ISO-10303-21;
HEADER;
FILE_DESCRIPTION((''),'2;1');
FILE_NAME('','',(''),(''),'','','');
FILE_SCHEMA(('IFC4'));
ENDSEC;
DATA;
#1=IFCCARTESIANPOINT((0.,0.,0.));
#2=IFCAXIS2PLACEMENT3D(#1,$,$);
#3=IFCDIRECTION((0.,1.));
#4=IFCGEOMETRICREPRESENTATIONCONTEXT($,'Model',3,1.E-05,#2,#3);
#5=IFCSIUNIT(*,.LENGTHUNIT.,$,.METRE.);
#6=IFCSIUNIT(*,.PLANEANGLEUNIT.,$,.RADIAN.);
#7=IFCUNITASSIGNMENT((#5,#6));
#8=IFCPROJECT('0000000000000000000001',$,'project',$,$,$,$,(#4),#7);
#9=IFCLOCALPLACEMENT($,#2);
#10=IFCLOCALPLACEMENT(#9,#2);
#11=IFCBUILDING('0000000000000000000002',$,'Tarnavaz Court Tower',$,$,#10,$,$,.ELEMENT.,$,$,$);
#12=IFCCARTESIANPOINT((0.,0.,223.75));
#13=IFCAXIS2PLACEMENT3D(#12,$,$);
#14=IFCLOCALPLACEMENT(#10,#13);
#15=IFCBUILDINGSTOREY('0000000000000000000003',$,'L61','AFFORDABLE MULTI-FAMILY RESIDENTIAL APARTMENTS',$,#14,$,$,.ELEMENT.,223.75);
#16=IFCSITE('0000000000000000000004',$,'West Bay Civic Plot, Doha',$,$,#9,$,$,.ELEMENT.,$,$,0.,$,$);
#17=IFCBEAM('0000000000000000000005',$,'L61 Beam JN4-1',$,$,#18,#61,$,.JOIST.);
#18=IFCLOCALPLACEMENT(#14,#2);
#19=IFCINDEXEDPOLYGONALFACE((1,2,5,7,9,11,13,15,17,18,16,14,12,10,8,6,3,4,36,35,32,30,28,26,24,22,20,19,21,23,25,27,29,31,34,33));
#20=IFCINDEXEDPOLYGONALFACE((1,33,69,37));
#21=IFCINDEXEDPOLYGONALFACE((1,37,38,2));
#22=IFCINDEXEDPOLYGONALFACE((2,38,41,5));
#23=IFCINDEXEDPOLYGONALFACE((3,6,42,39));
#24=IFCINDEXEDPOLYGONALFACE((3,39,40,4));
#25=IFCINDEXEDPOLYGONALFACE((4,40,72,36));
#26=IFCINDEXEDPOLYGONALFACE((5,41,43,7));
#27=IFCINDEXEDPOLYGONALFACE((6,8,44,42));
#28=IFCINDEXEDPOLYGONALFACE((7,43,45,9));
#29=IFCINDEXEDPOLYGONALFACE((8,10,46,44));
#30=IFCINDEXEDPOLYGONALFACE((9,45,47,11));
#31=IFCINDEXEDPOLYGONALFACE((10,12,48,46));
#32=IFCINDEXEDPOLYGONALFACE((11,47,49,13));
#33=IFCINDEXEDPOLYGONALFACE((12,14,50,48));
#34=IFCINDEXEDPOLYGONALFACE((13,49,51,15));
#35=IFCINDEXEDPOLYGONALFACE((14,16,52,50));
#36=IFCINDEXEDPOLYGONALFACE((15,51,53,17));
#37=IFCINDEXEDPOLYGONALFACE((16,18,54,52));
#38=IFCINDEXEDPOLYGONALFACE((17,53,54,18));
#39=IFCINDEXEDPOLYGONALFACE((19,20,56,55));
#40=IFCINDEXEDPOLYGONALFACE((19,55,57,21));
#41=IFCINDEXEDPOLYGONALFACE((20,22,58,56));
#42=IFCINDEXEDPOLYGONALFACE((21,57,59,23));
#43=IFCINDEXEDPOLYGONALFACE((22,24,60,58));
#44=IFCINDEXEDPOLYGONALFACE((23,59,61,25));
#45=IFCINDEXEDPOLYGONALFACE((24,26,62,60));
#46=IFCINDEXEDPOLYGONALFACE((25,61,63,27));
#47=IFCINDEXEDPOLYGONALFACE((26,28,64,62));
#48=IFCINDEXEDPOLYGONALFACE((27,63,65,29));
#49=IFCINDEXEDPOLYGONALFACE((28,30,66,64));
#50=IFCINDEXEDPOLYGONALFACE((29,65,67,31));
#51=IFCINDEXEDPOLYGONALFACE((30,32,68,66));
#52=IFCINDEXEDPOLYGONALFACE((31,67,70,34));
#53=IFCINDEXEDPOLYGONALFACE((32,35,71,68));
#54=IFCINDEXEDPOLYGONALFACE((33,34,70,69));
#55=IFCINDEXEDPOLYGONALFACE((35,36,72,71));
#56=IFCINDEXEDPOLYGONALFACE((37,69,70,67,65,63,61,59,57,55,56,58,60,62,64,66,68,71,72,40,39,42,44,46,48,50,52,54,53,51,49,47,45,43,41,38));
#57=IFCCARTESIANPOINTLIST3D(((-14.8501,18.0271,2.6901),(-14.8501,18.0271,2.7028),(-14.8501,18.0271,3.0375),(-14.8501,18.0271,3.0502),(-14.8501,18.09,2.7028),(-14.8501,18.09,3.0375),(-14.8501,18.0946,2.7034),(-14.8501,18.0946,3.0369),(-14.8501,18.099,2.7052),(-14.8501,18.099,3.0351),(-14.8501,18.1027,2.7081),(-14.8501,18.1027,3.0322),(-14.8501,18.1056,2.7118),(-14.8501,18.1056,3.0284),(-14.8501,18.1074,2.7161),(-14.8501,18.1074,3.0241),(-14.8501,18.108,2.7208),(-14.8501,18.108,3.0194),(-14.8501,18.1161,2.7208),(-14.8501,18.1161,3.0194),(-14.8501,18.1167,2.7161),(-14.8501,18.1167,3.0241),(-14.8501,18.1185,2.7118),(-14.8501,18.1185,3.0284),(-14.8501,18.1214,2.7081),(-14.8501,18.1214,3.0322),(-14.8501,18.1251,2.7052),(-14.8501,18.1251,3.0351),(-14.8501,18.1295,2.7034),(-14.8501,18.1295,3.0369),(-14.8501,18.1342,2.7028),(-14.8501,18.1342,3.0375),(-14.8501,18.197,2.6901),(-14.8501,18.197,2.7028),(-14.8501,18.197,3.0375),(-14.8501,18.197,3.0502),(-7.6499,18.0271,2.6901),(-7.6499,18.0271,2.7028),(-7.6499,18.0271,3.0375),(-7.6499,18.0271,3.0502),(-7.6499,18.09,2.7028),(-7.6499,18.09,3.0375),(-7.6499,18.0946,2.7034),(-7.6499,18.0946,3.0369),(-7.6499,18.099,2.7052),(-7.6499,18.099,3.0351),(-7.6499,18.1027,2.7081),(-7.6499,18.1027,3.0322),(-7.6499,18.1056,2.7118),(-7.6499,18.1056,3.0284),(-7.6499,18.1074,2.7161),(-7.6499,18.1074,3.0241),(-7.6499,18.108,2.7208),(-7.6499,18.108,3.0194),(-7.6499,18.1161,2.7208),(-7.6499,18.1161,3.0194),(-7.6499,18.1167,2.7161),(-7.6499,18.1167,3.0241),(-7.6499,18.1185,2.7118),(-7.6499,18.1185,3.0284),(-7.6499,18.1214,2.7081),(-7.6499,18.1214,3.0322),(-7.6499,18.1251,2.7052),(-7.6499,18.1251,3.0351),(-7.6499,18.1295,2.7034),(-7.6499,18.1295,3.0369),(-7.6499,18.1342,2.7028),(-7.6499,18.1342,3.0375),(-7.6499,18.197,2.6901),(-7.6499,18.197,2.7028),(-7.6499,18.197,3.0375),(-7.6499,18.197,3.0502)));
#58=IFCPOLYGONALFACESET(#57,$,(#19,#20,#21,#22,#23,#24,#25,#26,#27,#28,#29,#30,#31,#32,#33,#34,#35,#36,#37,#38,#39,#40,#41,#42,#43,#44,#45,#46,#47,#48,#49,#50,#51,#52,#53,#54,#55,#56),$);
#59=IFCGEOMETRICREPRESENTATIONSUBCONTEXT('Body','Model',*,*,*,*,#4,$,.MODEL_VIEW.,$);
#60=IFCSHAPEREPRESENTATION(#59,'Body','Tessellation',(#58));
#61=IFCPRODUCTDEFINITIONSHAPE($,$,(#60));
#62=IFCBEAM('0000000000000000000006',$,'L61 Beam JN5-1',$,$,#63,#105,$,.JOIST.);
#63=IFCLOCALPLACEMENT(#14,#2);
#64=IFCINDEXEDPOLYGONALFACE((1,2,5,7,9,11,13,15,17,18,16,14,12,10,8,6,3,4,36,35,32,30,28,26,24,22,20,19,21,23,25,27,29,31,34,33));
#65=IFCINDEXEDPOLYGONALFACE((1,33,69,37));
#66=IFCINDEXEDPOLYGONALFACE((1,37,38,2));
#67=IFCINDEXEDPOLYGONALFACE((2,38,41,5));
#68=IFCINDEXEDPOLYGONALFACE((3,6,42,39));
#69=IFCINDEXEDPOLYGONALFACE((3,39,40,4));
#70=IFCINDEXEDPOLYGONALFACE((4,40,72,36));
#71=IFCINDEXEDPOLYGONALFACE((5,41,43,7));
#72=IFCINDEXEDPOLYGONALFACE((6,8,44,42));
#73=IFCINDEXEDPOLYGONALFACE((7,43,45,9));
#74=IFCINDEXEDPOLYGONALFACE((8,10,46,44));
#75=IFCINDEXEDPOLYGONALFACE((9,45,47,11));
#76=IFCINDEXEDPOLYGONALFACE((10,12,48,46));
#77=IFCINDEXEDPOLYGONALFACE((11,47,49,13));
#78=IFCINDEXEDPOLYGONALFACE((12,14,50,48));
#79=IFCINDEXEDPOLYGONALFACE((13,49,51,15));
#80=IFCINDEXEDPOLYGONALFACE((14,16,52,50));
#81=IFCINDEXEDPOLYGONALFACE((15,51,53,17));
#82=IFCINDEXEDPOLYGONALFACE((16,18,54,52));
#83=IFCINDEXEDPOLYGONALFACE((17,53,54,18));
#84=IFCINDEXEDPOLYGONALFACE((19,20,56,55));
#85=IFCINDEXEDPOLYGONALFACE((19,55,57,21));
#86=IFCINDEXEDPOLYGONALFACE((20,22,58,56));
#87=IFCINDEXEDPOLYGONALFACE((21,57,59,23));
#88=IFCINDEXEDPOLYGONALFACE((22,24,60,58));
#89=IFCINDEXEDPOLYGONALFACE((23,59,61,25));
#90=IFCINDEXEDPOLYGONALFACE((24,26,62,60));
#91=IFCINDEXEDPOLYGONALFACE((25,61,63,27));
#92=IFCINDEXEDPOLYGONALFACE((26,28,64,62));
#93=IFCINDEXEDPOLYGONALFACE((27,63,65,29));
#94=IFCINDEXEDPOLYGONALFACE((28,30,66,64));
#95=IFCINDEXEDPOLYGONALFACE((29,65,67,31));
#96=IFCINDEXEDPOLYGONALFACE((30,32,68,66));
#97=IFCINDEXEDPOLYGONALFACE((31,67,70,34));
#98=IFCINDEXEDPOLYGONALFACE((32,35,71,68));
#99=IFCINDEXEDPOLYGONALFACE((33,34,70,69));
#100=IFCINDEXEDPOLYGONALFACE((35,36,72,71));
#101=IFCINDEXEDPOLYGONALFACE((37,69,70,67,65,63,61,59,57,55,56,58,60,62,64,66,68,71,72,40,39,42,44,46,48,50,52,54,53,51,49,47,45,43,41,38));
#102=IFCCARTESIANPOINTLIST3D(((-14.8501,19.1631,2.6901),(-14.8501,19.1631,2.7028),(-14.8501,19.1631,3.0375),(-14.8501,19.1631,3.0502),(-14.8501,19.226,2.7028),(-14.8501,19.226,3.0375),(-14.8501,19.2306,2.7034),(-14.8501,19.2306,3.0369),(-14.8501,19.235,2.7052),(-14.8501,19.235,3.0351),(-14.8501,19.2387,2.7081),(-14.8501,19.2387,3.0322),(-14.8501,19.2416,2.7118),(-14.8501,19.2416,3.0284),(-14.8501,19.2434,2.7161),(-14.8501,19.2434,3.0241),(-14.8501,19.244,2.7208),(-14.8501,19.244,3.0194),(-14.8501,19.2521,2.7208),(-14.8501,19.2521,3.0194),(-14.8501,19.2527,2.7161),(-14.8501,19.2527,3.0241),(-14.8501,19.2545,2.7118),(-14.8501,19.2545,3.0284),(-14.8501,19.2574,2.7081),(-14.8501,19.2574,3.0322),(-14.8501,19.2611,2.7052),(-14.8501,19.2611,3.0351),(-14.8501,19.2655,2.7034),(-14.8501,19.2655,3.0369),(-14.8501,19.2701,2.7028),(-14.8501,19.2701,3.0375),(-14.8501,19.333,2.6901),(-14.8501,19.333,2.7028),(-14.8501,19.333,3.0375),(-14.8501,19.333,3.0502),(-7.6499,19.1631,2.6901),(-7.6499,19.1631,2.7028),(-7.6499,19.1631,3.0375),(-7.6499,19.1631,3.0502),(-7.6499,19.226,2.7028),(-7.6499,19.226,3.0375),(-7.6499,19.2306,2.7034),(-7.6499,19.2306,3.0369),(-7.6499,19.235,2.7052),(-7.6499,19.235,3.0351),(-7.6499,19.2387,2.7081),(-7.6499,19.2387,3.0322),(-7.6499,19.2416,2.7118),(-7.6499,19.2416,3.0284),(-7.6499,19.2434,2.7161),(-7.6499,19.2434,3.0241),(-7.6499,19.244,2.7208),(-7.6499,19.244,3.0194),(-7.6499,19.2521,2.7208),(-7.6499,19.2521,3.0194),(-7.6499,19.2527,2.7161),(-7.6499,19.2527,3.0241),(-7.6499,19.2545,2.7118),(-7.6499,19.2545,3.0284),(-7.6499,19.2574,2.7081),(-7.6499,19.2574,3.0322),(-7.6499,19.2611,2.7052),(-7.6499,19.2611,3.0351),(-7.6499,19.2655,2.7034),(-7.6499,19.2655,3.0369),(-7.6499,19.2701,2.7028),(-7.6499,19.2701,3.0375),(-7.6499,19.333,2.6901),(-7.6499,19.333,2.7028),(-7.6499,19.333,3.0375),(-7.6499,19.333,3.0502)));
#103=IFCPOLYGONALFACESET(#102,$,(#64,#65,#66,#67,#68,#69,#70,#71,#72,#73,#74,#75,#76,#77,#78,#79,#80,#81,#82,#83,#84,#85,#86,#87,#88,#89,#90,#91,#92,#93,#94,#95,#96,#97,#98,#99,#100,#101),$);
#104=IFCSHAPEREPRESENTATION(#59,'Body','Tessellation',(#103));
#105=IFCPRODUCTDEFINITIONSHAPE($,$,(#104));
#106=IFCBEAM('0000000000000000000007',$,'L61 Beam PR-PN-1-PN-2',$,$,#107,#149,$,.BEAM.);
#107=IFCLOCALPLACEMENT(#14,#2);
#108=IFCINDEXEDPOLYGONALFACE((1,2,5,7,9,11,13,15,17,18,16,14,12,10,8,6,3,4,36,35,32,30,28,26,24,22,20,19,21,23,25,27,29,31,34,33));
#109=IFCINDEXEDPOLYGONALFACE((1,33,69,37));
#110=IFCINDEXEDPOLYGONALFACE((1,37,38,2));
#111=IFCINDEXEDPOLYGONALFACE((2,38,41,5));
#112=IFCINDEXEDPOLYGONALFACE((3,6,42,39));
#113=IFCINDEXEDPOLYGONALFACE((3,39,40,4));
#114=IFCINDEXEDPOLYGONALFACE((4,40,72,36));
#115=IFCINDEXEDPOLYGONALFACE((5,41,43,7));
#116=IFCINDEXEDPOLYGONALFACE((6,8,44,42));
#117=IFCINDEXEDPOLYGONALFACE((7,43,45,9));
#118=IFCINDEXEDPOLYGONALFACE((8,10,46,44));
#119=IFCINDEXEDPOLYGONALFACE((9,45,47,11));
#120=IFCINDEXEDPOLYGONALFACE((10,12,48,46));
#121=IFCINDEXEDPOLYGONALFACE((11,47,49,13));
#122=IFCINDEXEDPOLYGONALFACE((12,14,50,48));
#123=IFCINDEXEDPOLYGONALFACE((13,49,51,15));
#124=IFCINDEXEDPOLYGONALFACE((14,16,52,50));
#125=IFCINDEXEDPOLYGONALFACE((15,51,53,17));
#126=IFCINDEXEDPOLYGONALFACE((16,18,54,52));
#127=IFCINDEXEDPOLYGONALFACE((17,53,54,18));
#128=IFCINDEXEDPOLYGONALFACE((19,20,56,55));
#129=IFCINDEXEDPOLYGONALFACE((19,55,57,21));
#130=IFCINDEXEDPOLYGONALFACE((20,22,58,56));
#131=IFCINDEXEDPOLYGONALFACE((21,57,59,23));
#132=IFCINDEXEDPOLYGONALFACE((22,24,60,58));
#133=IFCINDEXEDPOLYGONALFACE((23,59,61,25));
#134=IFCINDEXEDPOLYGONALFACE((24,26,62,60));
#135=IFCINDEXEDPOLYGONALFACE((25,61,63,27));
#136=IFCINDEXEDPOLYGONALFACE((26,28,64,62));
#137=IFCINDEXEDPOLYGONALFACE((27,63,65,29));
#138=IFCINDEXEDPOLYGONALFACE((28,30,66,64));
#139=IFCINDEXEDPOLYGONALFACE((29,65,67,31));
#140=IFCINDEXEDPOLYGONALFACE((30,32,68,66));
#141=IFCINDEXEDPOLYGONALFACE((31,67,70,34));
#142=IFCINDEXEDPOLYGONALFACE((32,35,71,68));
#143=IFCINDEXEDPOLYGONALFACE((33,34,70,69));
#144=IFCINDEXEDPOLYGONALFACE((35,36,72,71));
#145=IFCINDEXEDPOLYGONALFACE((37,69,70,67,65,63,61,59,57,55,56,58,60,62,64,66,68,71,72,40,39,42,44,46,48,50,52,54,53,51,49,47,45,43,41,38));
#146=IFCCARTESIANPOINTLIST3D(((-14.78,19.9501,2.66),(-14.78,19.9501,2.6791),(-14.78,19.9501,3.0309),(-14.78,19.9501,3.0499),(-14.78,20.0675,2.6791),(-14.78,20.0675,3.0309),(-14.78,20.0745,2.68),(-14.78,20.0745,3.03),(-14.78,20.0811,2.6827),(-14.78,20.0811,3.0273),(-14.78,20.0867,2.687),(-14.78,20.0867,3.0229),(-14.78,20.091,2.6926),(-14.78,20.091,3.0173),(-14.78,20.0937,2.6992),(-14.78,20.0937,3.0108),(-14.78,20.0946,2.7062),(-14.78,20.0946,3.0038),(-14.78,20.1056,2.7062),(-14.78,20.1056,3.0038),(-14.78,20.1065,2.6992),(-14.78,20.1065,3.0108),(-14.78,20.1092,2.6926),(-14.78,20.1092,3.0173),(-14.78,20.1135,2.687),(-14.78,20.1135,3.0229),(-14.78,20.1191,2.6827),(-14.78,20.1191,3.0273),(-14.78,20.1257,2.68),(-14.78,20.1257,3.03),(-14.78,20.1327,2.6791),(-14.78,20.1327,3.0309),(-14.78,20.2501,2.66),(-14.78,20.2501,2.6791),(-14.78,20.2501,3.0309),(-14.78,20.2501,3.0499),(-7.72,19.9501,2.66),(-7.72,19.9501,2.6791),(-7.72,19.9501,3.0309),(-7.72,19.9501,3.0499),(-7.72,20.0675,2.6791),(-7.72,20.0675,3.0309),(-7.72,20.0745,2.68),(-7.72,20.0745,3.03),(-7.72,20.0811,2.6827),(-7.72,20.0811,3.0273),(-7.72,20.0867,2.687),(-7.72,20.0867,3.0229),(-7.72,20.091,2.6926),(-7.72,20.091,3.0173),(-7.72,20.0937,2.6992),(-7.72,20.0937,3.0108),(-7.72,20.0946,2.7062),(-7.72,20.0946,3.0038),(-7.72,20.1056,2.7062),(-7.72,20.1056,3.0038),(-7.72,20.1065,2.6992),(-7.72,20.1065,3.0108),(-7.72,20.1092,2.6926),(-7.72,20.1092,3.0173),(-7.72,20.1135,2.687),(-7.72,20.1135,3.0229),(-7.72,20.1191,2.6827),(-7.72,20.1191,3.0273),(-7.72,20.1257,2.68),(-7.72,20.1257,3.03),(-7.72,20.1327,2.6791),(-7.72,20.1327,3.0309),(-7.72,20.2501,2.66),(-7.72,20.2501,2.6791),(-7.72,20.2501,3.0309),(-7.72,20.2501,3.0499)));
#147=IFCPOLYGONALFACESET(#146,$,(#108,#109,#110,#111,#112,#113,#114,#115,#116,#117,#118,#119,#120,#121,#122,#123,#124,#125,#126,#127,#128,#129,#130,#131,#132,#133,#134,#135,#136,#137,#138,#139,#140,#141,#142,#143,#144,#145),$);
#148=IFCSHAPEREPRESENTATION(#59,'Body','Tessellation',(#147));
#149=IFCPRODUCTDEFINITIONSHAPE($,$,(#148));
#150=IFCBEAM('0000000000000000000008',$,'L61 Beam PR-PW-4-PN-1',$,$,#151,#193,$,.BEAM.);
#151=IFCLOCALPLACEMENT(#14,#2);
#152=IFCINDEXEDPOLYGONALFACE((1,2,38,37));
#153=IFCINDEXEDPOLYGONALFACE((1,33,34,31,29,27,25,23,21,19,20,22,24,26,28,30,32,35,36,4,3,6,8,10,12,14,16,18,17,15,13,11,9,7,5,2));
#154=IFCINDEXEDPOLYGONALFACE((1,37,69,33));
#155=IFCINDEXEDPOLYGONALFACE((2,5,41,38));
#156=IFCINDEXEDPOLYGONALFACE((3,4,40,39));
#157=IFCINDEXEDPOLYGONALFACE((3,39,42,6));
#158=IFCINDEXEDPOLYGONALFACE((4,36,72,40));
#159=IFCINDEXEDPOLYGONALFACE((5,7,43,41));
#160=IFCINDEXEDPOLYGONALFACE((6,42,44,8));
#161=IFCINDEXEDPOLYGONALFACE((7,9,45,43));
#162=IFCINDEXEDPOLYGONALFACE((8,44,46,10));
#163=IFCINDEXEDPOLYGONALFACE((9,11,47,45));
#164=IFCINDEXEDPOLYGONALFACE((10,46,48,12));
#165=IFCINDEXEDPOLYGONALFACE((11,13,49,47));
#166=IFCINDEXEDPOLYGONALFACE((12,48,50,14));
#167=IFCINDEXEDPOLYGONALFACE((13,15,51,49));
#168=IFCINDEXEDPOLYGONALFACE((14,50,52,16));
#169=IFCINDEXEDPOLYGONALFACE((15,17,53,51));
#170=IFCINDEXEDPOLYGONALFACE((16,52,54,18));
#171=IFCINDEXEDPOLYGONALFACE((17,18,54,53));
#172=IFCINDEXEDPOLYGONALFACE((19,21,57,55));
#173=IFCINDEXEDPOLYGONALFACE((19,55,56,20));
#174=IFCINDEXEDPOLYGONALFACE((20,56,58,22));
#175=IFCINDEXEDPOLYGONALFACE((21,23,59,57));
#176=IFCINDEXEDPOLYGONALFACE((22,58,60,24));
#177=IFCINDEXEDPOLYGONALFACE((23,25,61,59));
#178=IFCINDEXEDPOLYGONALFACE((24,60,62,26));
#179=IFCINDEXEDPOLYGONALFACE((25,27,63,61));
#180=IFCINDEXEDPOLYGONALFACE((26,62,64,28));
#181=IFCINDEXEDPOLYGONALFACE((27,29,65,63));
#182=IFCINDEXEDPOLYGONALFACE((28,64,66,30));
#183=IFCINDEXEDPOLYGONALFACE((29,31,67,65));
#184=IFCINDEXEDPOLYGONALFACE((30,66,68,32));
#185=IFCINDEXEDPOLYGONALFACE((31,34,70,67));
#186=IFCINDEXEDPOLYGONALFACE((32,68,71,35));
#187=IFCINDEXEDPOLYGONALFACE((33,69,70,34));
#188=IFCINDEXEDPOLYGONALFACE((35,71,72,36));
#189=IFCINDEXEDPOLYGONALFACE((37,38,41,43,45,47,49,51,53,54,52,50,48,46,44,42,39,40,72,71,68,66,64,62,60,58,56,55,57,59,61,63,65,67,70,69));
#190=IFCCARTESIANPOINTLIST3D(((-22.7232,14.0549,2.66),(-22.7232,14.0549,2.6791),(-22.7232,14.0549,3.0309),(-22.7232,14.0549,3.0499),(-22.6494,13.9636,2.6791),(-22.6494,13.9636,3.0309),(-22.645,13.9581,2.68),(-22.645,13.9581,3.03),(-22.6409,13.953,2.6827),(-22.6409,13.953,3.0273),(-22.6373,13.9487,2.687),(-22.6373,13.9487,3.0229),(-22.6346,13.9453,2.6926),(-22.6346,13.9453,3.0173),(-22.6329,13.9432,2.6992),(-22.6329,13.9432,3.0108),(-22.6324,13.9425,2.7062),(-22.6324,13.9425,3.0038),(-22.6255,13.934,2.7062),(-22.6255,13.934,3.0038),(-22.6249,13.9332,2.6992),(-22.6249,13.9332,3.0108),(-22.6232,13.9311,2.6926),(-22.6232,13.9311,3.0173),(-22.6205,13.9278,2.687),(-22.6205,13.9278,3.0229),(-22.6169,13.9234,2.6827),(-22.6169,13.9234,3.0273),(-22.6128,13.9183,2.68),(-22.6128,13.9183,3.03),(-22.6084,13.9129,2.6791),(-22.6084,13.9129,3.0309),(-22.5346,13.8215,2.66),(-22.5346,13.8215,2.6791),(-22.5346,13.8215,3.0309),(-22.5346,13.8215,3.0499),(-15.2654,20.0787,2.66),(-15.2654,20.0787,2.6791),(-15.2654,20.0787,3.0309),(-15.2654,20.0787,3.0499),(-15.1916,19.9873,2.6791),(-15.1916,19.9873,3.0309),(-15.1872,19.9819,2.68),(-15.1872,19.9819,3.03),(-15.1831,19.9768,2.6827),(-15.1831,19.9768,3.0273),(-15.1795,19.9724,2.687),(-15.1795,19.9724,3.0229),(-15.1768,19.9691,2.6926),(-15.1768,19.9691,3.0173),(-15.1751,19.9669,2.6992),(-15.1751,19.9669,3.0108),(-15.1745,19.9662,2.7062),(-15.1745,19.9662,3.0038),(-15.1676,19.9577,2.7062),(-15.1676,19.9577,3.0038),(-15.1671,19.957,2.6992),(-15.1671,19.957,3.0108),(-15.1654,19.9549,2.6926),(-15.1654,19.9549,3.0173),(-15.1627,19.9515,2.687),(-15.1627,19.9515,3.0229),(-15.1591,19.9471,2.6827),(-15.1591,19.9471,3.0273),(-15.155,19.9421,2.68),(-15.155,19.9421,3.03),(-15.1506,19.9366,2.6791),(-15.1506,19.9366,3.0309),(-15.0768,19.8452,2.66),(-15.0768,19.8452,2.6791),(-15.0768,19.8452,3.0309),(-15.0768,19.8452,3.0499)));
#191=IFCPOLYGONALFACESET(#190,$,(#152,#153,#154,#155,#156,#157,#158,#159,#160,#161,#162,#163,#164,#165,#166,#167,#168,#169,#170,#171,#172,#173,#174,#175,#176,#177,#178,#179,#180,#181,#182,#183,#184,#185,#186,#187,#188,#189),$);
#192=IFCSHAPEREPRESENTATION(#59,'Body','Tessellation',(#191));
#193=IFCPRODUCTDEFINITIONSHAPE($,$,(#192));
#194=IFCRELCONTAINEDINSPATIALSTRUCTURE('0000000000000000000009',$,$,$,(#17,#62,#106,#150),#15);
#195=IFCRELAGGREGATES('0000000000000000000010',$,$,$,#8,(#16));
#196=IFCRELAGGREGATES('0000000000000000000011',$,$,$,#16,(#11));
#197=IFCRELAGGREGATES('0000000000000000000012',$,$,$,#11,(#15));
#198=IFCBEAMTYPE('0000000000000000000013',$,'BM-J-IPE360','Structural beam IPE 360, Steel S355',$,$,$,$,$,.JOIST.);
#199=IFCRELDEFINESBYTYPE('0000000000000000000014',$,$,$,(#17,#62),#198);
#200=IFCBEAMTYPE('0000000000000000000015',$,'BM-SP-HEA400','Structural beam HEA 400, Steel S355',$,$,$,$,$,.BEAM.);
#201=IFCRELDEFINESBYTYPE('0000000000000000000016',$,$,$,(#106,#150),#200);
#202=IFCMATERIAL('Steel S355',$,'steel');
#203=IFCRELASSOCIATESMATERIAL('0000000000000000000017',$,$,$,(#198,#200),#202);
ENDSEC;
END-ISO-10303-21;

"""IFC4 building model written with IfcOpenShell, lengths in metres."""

from ifc_helpers import new_model, si_unit, direction, frame, origin, origin_2d, place, context, subcontext, project, spatial, i_section, extrude, material, material_profile, profile_set, type_object, element, save


model = new_model("IFC4")

# Units and contexts
model_context = context("Model", 3, precision=1e-05, world=origin(), true_north=direction((0.0, 1.0)))
body_context = subcontext(model_context, "Body", "Model", "MODEL_VIEW")
ifc_project = project(units=[si_unit("LENGTHUNIT", "METRE"), si_unit("PLANEANGLEUNIT", "RADIAN")], contexts=[model_context])

# Site, building, storey
site_placement = place(None, origin())
site = spatial("IfcSite", under=ifc_project, at=site_placement, Name="West Bay Civic Plot, Doha", CompositionType="ELEMENT", RefElevation=0.0)
building_placement = place(site_placement, origin())
building = spatial("IfcBuilding", under=site, at=building_placement, Name="Tarnavaz Court Tower", CompositionType="ELEMENT")
storey_placement = place(building_placement, frame((0.0, 0.0, 223.75)))
storey = spatial("IfcBuildingStorey", under=building, at=storey_placement, Name="L61", Description="AFFORDABLE MULTI-FAMILY RESIDENTIAL APARTMENTS", CompositionType="ELEMENT", Elevation=223.75)

# Beams
ifc_material_1 = material(Name="Steel S355", Category="steel")
ifc_material_profile_1 = material_profile(ifc_material_1, i_section(OverallWidth=0.1699, OverallDepth=0.3601, WebThickness=0.0081, FlangeThickness=0.0127, FilletRadius=0.0181, at=origin_2d()), Name="IPE 360")
ifc_profile_set_1 = profile_set([ifc_material_profile_1], Name="Steel S355")
beam_type_1 = type_object("IfcBeamType", Name="BM-J-IPE360", Description="Structural beam IPE 360, Steel S355", PredefinedType="JOIST", material=ifc_profile_set_1)
for number, where, z_axis, x_axis, name in (
    (1, (-14.8501, 18.1121, 2.8701), (1.0, 0.0, 0.0), (0.0, 1.0, 0.0), "L61 Beam JN4-1"),
    (2, (-14.8501, 19.248, 2.8701), (1.0, 0.0, 0.0), (0.0, 1.0, 0.0), "L61 Beam JN5-1"),
):
    element("IfcBeam", number, at=place(storey_placement, frame(where, z_axis=z_axis, x_axis=x_axis)), inside=storey, type_object=beam_type_1, Name=name, PredefinedType="JOIST", context=body_context, shape_type="SweptSolid", body=[
        extrude(i_section(OverallWidth=0.1699, OverallDepth=0.3601, WebThickness=0.0081, FlangeThickness=0.0127, FilletRadius=0.0181, at=origin_2d()), origin(), (0.0, 0.0, 1.0), 7.2002),
    ])
ifc_material_profile_2 = material_profile(ifc_material_1, i_section(OverallWidth=0.3, OverallDepth=0.3899, WebThickness=0.011, FlangeThickness=0.019, FilletRadius=0.0271, at=origin_2d()), Name="HEA 400")
ifc_profile_set_2 = profile_set([ifc_material_profile_2], Name="Steel S355")
beam_type_2 = type_object("IfcBeamType", Name="BM-SP-HEA400", Description="Structural beam HEA 400, Steel S355", PredefinedType="BEAM", material=ifc_profile_set_2)
beam_1_placement = place(storey_placement, frame((-14.78, 20.1001, 2.855), z_axis=(1.0, 0.0, 0.0), x_axis=(0.0, 1.0, 0.0)))
element("IfcBeam", 3, at=beam_1_placement, inside=storey, type_object=beam_type_2, Name="L61 Beam PR-PN-1-PN-2", PredefinedType="BEAM", context=body_context, shape_type="SweptSolid", body=[
    extrude(i_section(OverallWidth=0.3, OverallDepth=0.3899, WebThickness=0.011, FlangeThickness=0.019, FilletRadius=0.0271, at=origin_2d()), origin(), (0.0, 0.0, 1.0), 7.0601),
])
beam_2_placement = place(storey_placement, frame((-22.6289, 13.9382, 2.855), z_axis=(0.777936, 0.628344, 0.0), x_axis=(-0.628344, 0.777936, 0.0)))
element("IfcBeam", 4, at=beam_2_placement, inside=storey, type_object=beam_type_2, Name="L61 Beam PR-PW-4-PN-1", PredefinedType="BEAM", context=body_context, shape_type="SweptSolid", body=[
    extrude(i_section(OverallWidth=0.3, OverallDepth=0.3899, WebThickness=0.011, FlangeThickness=0.019, FilletRadius=0.0271, at=origin_2d()), origin(), (0.0, 0.0, 1.0), 9.5867),
])

save(model, "model.ifc")
